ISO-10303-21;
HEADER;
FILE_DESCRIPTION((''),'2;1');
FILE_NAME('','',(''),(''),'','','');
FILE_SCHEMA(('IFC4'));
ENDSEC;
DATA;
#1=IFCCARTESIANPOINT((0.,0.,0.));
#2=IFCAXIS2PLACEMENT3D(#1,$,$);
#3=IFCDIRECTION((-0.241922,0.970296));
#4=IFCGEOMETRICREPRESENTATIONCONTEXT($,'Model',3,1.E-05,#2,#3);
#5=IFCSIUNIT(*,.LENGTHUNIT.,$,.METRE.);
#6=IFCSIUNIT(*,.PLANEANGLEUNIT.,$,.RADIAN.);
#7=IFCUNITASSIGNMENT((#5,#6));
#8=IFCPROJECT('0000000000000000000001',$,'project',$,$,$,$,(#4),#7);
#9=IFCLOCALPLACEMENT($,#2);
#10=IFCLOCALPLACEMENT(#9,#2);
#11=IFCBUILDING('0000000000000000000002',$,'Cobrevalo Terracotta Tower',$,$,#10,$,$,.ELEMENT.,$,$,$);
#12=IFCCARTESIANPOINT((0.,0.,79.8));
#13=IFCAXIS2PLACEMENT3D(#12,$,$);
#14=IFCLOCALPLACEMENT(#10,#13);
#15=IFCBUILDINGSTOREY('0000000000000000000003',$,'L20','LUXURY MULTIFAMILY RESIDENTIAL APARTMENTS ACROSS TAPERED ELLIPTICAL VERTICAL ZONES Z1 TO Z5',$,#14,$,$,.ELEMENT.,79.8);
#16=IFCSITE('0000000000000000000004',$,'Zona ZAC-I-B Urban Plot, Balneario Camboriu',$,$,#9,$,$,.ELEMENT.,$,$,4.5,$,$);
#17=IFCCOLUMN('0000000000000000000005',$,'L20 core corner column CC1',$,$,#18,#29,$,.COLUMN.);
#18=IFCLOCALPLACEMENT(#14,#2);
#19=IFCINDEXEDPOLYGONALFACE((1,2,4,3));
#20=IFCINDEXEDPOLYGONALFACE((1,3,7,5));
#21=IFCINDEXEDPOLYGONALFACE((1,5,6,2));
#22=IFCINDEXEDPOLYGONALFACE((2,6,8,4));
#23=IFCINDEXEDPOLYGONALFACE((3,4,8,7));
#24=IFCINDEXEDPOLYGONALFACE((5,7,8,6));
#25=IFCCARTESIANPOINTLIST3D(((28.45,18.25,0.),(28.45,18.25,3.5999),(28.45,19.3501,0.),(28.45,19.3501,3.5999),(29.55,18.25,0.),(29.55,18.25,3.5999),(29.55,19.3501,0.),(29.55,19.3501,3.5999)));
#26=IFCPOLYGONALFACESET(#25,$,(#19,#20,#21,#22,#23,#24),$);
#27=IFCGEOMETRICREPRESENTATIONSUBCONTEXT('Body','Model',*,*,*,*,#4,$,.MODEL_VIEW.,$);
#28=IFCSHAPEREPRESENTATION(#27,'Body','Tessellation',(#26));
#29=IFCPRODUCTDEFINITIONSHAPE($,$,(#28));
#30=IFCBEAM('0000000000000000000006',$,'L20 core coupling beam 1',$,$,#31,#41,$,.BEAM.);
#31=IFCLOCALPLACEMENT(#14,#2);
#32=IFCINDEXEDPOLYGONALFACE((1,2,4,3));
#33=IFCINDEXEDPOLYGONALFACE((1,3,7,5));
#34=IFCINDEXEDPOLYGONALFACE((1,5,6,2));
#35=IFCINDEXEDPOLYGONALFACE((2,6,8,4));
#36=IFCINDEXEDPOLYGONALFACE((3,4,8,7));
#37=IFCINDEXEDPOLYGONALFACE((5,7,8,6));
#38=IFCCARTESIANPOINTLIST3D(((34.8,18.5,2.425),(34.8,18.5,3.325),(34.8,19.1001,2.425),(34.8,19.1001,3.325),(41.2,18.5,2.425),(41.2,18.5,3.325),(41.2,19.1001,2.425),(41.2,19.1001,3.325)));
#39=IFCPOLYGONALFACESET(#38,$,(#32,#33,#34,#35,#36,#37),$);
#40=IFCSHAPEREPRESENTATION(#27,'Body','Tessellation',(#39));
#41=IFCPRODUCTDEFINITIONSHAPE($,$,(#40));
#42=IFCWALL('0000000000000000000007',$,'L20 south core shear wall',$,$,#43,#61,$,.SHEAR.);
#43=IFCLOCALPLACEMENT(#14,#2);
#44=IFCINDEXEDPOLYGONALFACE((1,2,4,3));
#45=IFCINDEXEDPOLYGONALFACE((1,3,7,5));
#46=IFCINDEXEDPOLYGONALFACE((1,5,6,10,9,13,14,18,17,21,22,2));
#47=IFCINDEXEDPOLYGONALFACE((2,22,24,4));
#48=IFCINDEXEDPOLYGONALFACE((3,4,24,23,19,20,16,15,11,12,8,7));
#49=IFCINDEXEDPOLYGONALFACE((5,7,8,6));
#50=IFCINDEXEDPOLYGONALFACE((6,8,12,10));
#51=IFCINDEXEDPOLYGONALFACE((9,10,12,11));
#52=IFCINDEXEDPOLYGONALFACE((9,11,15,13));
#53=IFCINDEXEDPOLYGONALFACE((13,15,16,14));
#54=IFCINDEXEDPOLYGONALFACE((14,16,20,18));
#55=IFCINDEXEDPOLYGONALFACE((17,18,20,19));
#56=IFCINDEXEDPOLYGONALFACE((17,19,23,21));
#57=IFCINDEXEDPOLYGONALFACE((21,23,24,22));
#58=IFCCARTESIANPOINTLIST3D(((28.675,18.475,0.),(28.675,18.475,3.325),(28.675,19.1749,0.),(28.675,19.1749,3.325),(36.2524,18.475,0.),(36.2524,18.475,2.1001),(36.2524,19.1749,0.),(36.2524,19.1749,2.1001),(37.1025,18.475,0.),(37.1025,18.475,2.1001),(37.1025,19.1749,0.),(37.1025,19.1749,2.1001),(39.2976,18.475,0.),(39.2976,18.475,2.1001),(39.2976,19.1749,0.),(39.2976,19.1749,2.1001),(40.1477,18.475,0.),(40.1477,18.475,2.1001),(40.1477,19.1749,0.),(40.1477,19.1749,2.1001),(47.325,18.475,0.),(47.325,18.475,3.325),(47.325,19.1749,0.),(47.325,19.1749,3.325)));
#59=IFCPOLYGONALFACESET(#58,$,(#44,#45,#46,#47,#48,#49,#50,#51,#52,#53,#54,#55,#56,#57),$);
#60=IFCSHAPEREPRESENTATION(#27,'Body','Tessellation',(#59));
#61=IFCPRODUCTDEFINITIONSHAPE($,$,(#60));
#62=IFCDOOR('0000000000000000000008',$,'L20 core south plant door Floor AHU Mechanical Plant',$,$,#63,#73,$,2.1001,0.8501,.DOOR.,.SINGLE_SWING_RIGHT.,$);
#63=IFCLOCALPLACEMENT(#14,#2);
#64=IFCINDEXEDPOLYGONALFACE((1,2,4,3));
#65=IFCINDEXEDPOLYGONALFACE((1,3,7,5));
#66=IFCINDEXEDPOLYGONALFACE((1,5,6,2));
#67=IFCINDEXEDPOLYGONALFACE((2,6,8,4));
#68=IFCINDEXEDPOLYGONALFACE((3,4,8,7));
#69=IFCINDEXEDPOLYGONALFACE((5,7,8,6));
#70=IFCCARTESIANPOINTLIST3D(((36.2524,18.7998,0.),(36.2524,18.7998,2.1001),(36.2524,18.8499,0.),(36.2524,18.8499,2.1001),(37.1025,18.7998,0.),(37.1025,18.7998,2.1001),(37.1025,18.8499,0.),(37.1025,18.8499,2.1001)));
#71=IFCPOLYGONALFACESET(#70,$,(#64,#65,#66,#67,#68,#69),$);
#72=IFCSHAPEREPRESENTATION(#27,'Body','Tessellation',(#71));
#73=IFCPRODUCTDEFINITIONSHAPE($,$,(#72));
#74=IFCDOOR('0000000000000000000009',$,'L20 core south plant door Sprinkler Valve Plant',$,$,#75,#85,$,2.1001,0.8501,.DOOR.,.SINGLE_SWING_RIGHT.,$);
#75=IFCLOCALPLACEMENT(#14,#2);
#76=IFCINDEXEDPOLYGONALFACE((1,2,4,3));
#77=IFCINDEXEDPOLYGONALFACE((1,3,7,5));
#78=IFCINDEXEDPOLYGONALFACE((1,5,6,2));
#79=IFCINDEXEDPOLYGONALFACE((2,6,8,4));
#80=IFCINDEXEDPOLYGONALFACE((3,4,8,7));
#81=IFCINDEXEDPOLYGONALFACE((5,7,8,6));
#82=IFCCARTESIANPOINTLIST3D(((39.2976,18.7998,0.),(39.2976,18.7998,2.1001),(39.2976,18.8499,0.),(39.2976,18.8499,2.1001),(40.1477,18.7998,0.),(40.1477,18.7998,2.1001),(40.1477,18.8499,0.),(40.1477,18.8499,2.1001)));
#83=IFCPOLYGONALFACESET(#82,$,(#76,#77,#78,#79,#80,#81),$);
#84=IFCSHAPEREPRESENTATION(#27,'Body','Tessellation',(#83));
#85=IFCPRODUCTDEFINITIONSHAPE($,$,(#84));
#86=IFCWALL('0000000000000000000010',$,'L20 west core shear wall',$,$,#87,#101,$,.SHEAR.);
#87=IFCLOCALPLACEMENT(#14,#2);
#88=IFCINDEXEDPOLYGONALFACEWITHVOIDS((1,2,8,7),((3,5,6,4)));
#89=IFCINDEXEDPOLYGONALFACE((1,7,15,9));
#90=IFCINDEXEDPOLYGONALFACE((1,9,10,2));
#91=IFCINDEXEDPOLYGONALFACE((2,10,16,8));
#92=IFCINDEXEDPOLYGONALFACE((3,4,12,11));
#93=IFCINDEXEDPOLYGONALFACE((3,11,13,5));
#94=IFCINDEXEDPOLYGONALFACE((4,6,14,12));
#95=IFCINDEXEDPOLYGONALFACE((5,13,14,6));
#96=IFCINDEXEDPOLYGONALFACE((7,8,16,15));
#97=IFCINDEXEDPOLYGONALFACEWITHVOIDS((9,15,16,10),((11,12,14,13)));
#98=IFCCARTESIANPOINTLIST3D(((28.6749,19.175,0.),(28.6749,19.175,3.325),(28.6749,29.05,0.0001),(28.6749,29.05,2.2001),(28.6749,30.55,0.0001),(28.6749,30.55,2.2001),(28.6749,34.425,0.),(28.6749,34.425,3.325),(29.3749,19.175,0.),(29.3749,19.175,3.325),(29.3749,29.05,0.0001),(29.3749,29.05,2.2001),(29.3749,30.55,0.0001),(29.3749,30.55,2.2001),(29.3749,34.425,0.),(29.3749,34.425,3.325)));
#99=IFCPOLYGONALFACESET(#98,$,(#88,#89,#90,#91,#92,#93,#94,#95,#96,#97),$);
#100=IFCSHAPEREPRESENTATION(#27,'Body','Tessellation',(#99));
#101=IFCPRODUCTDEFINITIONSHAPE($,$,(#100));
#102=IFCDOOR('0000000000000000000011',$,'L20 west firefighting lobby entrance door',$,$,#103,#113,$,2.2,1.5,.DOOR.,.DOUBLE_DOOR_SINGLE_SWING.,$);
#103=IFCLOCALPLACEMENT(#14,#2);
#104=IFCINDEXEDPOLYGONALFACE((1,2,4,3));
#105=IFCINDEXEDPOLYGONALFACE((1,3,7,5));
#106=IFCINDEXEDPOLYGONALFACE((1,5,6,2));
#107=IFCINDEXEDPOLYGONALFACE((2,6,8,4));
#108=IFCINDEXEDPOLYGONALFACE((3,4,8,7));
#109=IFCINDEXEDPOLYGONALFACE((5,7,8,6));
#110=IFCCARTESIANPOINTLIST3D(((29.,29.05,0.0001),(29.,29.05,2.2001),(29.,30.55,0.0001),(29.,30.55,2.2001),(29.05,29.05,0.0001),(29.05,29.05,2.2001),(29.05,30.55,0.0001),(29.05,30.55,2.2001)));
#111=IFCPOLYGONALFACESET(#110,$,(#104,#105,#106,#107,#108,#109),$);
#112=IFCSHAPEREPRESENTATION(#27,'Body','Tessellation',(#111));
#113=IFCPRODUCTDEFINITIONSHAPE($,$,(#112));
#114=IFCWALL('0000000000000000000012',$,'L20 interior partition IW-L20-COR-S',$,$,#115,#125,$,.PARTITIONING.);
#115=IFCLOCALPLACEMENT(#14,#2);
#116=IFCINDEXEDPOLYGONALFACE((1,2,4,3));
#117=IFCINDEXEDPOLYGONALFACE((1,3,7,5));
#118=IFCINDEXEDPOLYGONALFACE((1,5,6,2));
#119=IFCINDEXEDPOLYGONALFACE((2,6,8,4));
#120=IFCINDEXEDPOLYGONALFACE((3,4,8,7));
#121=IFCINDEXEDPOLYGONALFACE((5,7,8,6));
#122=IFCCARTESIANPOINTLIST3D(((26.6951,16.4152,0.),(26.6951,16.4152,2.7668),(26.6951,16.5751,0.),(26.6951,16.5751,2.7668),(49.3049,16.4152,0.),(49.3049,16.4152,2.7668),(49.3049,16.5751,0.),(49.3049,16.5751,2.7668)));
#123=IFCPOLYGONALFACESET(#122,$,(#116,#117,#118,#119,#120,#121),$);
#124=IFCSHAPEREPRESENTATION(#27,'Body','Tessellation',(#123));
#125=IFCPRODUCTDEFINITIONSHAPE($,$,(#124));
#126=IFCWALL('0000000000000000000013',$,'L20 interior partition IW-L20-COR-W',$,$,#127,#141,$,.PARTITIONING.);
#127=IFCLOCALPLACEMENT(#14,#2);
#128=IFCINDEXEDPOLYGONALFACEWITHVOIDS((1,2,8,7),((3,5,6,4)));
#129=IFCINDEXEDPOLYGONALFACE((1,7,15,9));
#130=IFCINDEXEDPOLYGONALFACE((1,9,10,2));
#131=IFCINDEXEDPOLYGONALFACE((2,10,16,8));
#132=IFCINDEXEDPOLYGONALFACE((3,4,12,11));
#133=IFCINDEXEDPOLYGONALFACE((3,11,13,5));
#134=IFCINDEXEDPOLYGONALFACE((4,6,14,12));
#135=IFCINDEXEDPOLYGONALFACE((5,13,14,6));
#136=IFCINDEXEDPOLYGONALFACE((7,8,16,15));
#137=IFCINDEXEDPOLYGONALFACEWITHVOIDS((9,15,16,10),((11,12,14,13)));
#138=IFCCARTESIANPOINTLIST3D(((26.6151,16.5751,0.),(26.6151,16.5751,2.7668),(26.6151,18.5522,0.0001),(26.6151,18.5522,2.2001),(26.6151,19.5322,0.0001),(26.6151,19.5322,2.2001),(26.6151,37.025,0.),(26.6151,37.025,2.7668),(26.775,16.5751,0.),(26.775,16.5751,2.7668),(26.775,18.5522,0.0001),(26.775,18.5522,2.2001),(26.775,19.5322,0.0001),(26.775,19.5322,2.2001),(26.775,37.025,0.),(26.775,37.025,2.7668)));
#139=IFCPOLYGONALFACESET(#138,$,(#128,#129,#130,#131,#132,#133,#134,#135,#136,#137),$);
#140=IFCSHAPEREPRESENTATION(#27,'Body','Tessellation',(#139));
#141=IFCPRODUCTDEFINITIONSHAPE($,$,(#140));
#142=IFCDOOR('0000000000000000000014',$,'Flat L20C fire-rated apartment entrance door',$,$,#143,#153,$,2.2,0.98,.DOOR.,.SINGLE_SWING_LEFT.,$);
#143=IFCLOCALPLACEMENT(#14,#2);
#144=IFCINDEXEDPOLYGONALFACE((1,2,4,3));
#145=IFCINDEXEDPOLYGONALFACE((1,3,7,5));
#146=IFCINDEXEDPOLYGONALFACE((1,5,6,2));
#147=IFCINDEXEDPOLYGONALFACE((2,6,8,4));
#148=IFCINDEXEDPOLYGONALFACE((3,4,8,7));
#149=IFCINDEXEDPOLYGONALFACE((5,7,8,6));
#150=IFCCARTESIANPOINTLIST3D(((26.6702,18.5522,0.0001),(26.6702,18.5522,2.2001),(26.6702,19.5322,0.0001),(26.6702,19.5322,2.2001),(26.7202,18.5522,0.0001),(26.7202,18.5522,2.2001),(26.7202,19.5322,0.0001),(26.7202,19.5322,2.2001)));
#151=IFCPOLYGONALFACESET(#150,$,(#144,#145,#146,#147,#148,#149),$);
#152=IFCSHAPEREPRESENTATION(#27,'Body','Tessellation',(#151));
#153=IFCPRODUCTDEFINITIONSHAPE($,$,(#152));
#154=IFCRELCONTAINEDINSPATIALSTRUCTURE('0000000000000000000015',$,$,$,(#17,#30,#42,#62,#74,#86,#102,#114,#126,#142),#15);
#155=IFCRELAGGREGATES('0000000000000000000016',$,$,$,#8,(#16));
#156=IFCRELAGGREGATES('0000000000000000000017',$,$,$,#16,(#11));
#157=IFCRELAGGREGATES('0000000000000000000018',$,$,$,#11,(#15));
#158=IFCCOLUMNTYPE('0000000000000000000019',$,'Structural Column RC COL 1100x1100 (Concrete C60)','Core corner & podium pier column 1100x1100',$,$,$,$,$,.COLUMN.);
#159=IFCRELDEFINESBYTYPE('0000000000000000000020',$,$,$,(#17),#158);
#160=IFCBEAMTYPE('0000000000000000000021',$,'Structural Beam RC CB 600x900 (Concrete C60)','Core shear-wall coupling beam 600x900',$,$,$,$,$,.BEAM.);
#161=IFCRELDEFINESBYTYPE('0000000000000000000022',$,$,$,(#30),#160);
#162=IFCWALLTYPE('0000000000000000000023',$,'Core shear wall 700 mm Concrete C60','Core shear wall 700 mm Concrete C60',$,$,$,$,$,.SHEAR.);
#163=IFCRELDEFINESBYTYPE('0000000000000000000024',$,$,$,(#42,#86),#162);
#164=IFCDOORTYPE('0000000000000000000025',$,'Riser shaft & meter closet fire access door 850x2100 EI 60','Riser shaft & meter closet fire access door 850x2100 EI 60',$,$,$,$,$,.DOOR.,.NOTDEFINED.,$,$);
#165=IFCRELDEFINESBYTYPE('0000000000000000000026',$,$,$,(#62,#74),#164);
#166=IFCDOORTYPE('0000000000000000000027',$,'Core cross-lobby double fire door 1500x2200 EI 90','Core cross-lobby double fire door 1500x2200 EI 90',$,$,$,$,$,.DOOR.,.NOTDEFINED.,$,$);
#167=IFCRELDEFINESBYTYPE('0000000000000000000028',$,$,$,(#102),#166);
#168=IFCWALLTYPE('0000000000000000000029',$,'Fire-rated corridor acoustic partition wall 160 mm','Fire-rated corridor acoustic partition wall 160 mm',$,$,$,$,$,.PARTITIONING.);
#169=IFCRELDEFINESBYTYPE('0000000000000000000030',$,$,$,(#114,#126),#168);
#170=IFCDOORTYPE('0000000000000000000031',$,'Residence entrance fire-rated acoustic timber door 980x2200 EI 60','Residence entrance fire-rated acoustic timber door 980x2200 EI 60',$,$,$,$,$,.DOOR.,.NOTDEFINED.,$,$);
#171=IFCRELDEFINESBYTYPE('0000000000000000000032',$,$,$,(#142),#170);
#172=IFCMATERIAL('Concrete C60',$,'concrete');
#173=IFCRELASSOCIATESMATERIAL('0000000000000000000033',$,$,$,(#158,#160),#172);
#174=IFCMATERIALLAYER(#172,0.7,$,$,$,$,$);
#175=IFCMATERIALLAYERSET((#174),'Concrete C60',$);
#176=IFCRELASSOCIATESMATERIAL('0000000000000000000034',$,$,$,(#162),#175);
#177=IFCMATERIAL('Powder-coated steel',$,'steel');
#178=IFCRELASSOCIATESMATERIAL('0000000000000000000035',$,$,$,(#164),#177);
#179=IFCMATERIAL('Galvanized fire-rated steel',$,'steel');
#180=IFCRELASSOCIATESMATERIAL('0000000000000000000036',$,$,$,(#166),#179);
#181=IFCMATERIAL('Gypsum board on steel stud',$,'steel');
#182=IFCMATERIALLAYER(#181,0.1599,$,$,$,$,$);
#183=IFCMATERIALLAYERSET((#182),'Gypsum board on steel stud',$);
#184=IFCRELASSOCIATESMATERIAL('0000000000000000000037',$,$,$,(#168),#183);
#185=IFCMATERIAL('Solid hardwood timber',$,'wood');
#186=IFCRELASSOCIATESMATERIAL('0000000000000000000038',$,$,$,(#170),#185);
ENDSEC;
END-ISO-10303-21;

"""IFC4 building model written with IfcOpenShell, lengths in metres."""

from ifc_helpers import new_model, si_unit, direction, frame, frame_2d, origin, origin_2d, place, context, subcontext, project, spatial, rectangle, extrude, source, transform, mapped, material, layer, layer_set, material_profile, profile_set, type_object, element, fill, save


model = new_model("IFC4")

# Units and contexts
model_context = context("Model", 3, precision=1e-05, world=origin(), true_north=direction((-0.241922, 0.970296)))
body_context = subcontext(model_context, "Body", "Model", "MODEL_VIEW")
ifc_project = project(units=[si_unit("LENGTHUNIT", "METRE"), si_unit("PLANEANGLEUNIT", "RADIAN")], contexts=[model_context])

# Site, building, storey
site_placement = place(None, origin())
site = spatial("IfcSite", under=ifc_project, at=site_placement, Name="Zona ZAC-I-B Urban Plot, Balneario Camboriu", CompositionType="ELEMENT", RefElevation=4.5)
building_placement = place(site_placement, origin())
building = spatial("IfcBuilding", under=site, at=building_placement, Name="Cobrevalo Terracotta Tower", CompositionType="ELEMENT")
storey_placement = place(building_placement, frame((0.0, 0.0, 79.8)))
storey = spatial("IfcBuildingStorey", under=building, at=storey_placement, Name="L20", Description="LUXURY MULTIFAMILY RESIDENTIAL APARTMENTS ACROSS TAPERED ELLIPTICAL VERTICAL ZONES Z1 TO Z5", CompositionType="ELEMENT", Elevation=79.8)

# Column
ifc_material_1 = material(Name="Concrete C60", Category="concrete")
ifc_material_profile_1 = material_profile(ifc_material_1, rectangle(XDim=1.1001, YDim=1.1001, at=origin_2d()), Name="RC COL 1100x1100")
ifc_profile_set_1 = profile_set([ifc_material_profile_1], Name="Concrete C60")
column_type = type_object("IfcColumnType", Name="Structural Column RC COL 1100x1100 (Concrete C60)", Description="Core corner & podium pier column 1100x1100", PredefinedType="COLUMN", material=ifc_profile_set_1)
column_placement = place(storey_placement, frame((29.0, 18.8, 0.0), z_axis=(0.0, 0.0, 1.0), x_axis=(1.0, 0.0, 0.0)))
element("IfcColumn", 1, at=column_placement, inside=storey, type_object=column_type, Name="L20 core corner column CC1", PredefinedType="COLUMN", context=body_context, shape_type="SweptSolid", body=[
    extrude(rectangle(XDim=1.1001, YDim=1.1001, at=origin_2d()), origin(), (0.0, 0.0, 1.0), 3.5999),
])

# Beam
ifc_material_profile_2 = material_profile(ifc_material_1, rectangle(XDim=0.6001, YDim=0.8999, at=origin_2d()), Name="RC CB 600x900")
ifc_profile_set_2 = profile_set([ifc_material_profile_2], Name="Concrete C60")
beam_type = type_object("IfcBeamType", Name="Structural Beam RC CB 600x900 (Concrete C60)", Description="Core shear-wall coupling beam 600x900", PredefinedType="BEAM", material=ifc_profile_set_2)
beam_placement = place(storey_placement, frame((34.8, 18.8, 2.875), z_axis=(1.0, 0.0, 0.0), x_axis=(0.0, 1.0, 0.0)))
element("IfcBeam", 2, at=beam_placement, inside=storey, type_object=beam_type, Name="L20 core coupling beam 1", PredefinedType="BEAM", context=body_context, shape_type="SweptSolid", body=[
    extrude(rectangle(XDim=0.6001, YDim=0.8999, at=origin_2d()), origin(), (0.0, 0.0, 1.0), 6.3999),
])

# Wall, openings, doors
ifc_layer_1 = layer(ifc_material_1, 0.7)
ifc_layer_set_1 = layer_set([ifc_layer_1], Name="Concrete C60")
wall_type_1 = type_object("IfcWallType", Name="Core shear wall 700 mm Concrete C60", Description="Core shear wall 700 mm Concrete C60", PredefinedType="SHEAR", material=ifc_layer_set_1)
wall_1_placement = place(storey_placement, frame((28.675, 18.825, 0.0), z_axis=(0.0, 0.0, 1.0), x_axis=(1.0, 0.0, 0.0)))
wall_1 = element("IfcWall", 3, at=wall_1_placement, inside=storey, type_object=wall_type_1, Name="L20 south core shear wall", PredefinedType="SHEAR", context=body_context, shape_type="SweptSolid", body=[
    extrude(rectangle(XDim=18.6499, YDim=0.7, at=frame_2d((9.325, 0.0))), origin(), (0.0, 0.0, 1.0), 3.325),
])
opening_1_placement = place(wall_1_placement, frame((7.5774, 0.0, 0.0)))
opening_1 = element("IfcOpeningElement", 4, at=opening_1_placement, cuts=wall_1, PredefinedType="OPENING", context=body_context, shape_type="SweptSolid", body=[
    extrude(rectangle(XDim=0.8501, YDim=2.1001, at=frame_2d((0.425, 1.05))), frame((0.0, 0.3599, 0.0), z_axis=(0.0, -1.0, 0.0), x_axis=(1.0, 0.0, 0.0)), (0.0, 0.0, 1.0), 0.72),
])
opening_2_placement = place(wall_1_placement, frame((10.6226, 0.0, 0.0)))
opening_2 = element("IfcOpeningElement", 5, at=opening_2_placement, cuts=wall_1, PredefinedType="OPENING", context=body_context, shape_type="SweptSolid", body=[
    extrude(rectangle(XDim=0.8501, YDim=2.1001, at=frame_2d((0.425, 1.05))), frame((0.0, 0.3599, 0.0), z_axis=(0.0, -1.0, 0.0), x_axis=(1.0, 0.0, 0.0)), (0.0, 0.0, 1.0), 0.72),
])
ifc_material_2 = material(Name="Powder-coated steel", Category="steel")
door_type_1 = type_object("IfcDoorType", Name="Riser shaft & meter closet fire access door 850x2100 EI 60", Description="Riser shaft & meter closet fire access door 850x2100 EI 60", OperationType="NOTDEFINED", PredefinedType="DOOR", material=ifc_material_2)
shared_shape_1 = source(origin(), body_context, "Body", "SweptSolid", [
    extrude(rectangle(XDim=0.8501, YDim=2.1001, at=frame_2d((0.425, 1.05))), frame((0.0, 0.0249, 0.0), z_axis=(0.0, -1.0, 0.0), x_axis=(1.0, 0.0, 0.0)), (0.0, 0.0, 1.0), 0.05),
])
door_1_placement = place(opening_1_placement, origin())
door_1 = element("IfcDoor", 6, at=door_1_placement, inside=storey, type_object=door_type_1, Name="L20 core south plant door Floor AHU Mechanical Plant", OperationType="SINGLE_SWING_RIGHT", OverallHeight=2.1001, OverallWidth=0.8501, PredefinedType="DOOR", context=body_context, shape_type="MappedRepresentation", body=[
    mapped(shared_shape_1, transform((0.0, 0.0, 0.0), scale=1.0)),
])
fill(opening_1, door_1)
door_2_placement = place(opening_2_placement, origin())
door_2 = element("IfcDoor", 7, at=door_2_placement, inside=storey, type_object=door_type_1, Name="L20 core south plant door Sprinkler Valve Plant", OperationType="SINGLE_SWING_RIGHT", OverallHeight=2.1001, OverallWidth=0.8501, PredefinedType="DOOR", context=body_context, shape_type="MappedRepresentation", body=[
    mapped(shared_shape_1, transform((0.0, 0.0, 0.0), scale=1.0)),
])
fill(opening_2, door_2)

# Wall, opening, door
wall_2_placement = place(storey_placement, frame((29.0249, 19.175, 0.0), z_axis=(0.0, 0.0, 1.0), x_axis=(0.0, 1.0, 0.0)))
wall_2 = element("IfcWall", 8, at=wall_2_placement, inside=storey, type_object=wall_type_1, Name="L20 west core shear wall", PredefinedType="SHEAR", context=body_context, shape_type="SweptSolid", body=[
    extrude(rectangle(XDim=15.25, YDim=0.7, at=frame_2d((7.625, 0.0))), origin(), (0.0, 0.0, 1.0), 3.325),
])
opening_3_placement = place(wall_2_placement, frame((9.875, 0.0, 0.0)))
opening_3 = element("IfcOpeningElement", 9, at=opening_3_placement, cuts=wall_2, PredefinedType="OPENING", context=body_context, shape_type="SweptSolid", body=[
    extrude(rectangle(XDim=1.5, YDim=2.2, at=frame_2d((0.75, 1.1001))), frame((0.0, 0.3599, 0.0), z_axis=(0.0, -1.0, 0.0), x_axis=(1.0, 0.0, 0.0)), (0.0, 0.0, 1.0), 0.72),
])
ifc_material_3 = material(Name="Galvanized fire-rated steel", Category="steel")
door_type_2 = type_object("IfcDoorType", Name="Core cross-lobby double fire door 1500x2200 EI 90", Description="Core cross-lobby double fire door 1500x2200 EI 90", OperationType="NOTDEFINED", PredefinedType="DOOR", material=ifc_material_3)
shared_shape_2 = source(origin(), body_context, "Body", "SweptSolid", [
    extrude(rectangle(XDim=1.5, YDim=2.2, at=frame_2d((0.75, 1.1001))), frame((0.0, 0.0249, 0.0), z_axis=(0.0, -1.0, 0.0), x_axis=(1.0, 0.0, 0.0)), (0.0, 0.0, 1.0), 0.05),
])
door_3_placement = place(opening_3_placement, origin())
door_3 = element("IfcDoor", 10, at=door_3_placement, inside=storey, type_object=door_type_2, Name="L20 west firefighting lobby entrance door", OperationType="DOUBLE_DOOR_SINGLE_SWING", OverallHeight=2.2, OverallWidth=1.5, PredefinedType="DOOR", context=body_context, shape_type="MappedRepresentation", body=[
    mapped(shared_shape_2, transform((0.0, 0.0, 0.0), scale=1.0)),
])
fill(opening_3, door_3)

# Wall
ifc_material_4 = material(Name="Gypsum board on steel stud", Category="steel")
ifc_layer_2 = layer(ifc_material_4, 0.1599)
ifc_layer_set_2 = layer_set([ifc_layer_2], Name="Gypsum board on steel stud")
wall_type_2 = type_object("IfcWallType", Name="Fire-rated corridor acoustic partition wall 160 mm", Description="Fire-rated corridor acoustic partition wall 160 mm", PredefinedType="PARTITIONING", material=ifc_layer_set_2)
wall_3_placement = place(storey_placement, frame((26.6951, 16.4951, 0.0), z_axis=(0.0, 0.0, 1.0), x_axis=(1.0, 0.0, 0.0)))
element("IfcWall", 11, at=wall_3_placement, inside=storey, type_object=wall_type_2, Name="L20 interior partition IW-L20-COR-S", PredefinedType="PARTITIONING", context=body_context, shape_type="SweptSolid", body=[
    extrude(rectangle(XDim=22.6099, YDim=0.1599, at=frame_2d((11.3049, 0.0))), origin(), (0.0, 0.0, 1.0), 2.7668),
])

# Wall, opening, door
wall_4_placement = place(storey_placement, frame((26.6951, 16.575, 0.0), z_axis=(0.0, 0.0, 1.0), x_axis=(0.0, 1.0, 0.0)))
wall_4 = element("IfcWall", 12, at=wall_4_placement, inside=storey, type_object=wall_type_2, Name="L20 interior partition IW-L20-COR-W", PredefinedType="PARTITIONING", context=body_context, shape_type="SweptSolid", body=[
    extrude(rectangle(XDim=20.45, YDim=0.1599, at=frame_2d((10.2251, 0.0))), origin(), (0.0, 0.0, 1.0), 2.7668),
])
opening_4_placement = place(wall_4_placement, frame((1.9773, 0.0, 0.0)))
opening_4 = element("IfcOpeningElement", 13, at=opening_4_placement, cuts=wall_4, PredefinedType="OPENING", context=body_context, shape_type="SweptSolid", body=[
    extrude(rectangle(XDim=0.98, YDim=2.2, at=frame_2d((0.49, 1.1001))), frame((0.0, 0.0898, 0.0), z_axis=(0.0, -1.0, 0.0), x_axis=(1.0, 0.0, 0.0)), (0.0, 0.0, 1.0), 0.1799),
])
ifc_material_5 = material(Name="Solid hardwood timber", Category="wood")
door_type_3 = type_object("IfcDoorType", Name="Residence entrance fire-rated acoustic timber door 980x2200 EI 60", Description="Residence entrance fire-rated acoustic timber door 980x2200 EI 60", OperationType="NOTDEFINED", PredefinedType="DOOR", material=ifc_material_5)
shared_shape_3 = source(origin(), body_context, "Body", "SweptSolid", [
    extrude(rectangle(XDim=0.98, YDim=2.2, at=frame_2d((0.49, 1.1001))), frame((0.0, 0.0249, 0.0), z_axis=(0.0, -1.0, 0.0), x_axis=(1.0, 0.0, 0.0)), (0.0, 0.0, 1.0), 0.05),
])
door_4_placement = place(opening_4_placement, origin())
door_4 = element("IfcDoor", 14, at=door_4_placement, inside=storey, type_object=door_type_3, Name="Flat L20C fire-rated apartment entrance door", OperationType="SINGLE_SWING_LEFT", OverallHeight=2.2, OverallWidth=0.98, PredefinedType="DOOR", context=body_context, shape_type="MappedRepresentation", body=[
    mapped(shared_shape_3, transform((0.0, 0.0, 0.0), scale=1.0)),
])
fill(opening_4, door_4)

save(model, "model.ifc")
